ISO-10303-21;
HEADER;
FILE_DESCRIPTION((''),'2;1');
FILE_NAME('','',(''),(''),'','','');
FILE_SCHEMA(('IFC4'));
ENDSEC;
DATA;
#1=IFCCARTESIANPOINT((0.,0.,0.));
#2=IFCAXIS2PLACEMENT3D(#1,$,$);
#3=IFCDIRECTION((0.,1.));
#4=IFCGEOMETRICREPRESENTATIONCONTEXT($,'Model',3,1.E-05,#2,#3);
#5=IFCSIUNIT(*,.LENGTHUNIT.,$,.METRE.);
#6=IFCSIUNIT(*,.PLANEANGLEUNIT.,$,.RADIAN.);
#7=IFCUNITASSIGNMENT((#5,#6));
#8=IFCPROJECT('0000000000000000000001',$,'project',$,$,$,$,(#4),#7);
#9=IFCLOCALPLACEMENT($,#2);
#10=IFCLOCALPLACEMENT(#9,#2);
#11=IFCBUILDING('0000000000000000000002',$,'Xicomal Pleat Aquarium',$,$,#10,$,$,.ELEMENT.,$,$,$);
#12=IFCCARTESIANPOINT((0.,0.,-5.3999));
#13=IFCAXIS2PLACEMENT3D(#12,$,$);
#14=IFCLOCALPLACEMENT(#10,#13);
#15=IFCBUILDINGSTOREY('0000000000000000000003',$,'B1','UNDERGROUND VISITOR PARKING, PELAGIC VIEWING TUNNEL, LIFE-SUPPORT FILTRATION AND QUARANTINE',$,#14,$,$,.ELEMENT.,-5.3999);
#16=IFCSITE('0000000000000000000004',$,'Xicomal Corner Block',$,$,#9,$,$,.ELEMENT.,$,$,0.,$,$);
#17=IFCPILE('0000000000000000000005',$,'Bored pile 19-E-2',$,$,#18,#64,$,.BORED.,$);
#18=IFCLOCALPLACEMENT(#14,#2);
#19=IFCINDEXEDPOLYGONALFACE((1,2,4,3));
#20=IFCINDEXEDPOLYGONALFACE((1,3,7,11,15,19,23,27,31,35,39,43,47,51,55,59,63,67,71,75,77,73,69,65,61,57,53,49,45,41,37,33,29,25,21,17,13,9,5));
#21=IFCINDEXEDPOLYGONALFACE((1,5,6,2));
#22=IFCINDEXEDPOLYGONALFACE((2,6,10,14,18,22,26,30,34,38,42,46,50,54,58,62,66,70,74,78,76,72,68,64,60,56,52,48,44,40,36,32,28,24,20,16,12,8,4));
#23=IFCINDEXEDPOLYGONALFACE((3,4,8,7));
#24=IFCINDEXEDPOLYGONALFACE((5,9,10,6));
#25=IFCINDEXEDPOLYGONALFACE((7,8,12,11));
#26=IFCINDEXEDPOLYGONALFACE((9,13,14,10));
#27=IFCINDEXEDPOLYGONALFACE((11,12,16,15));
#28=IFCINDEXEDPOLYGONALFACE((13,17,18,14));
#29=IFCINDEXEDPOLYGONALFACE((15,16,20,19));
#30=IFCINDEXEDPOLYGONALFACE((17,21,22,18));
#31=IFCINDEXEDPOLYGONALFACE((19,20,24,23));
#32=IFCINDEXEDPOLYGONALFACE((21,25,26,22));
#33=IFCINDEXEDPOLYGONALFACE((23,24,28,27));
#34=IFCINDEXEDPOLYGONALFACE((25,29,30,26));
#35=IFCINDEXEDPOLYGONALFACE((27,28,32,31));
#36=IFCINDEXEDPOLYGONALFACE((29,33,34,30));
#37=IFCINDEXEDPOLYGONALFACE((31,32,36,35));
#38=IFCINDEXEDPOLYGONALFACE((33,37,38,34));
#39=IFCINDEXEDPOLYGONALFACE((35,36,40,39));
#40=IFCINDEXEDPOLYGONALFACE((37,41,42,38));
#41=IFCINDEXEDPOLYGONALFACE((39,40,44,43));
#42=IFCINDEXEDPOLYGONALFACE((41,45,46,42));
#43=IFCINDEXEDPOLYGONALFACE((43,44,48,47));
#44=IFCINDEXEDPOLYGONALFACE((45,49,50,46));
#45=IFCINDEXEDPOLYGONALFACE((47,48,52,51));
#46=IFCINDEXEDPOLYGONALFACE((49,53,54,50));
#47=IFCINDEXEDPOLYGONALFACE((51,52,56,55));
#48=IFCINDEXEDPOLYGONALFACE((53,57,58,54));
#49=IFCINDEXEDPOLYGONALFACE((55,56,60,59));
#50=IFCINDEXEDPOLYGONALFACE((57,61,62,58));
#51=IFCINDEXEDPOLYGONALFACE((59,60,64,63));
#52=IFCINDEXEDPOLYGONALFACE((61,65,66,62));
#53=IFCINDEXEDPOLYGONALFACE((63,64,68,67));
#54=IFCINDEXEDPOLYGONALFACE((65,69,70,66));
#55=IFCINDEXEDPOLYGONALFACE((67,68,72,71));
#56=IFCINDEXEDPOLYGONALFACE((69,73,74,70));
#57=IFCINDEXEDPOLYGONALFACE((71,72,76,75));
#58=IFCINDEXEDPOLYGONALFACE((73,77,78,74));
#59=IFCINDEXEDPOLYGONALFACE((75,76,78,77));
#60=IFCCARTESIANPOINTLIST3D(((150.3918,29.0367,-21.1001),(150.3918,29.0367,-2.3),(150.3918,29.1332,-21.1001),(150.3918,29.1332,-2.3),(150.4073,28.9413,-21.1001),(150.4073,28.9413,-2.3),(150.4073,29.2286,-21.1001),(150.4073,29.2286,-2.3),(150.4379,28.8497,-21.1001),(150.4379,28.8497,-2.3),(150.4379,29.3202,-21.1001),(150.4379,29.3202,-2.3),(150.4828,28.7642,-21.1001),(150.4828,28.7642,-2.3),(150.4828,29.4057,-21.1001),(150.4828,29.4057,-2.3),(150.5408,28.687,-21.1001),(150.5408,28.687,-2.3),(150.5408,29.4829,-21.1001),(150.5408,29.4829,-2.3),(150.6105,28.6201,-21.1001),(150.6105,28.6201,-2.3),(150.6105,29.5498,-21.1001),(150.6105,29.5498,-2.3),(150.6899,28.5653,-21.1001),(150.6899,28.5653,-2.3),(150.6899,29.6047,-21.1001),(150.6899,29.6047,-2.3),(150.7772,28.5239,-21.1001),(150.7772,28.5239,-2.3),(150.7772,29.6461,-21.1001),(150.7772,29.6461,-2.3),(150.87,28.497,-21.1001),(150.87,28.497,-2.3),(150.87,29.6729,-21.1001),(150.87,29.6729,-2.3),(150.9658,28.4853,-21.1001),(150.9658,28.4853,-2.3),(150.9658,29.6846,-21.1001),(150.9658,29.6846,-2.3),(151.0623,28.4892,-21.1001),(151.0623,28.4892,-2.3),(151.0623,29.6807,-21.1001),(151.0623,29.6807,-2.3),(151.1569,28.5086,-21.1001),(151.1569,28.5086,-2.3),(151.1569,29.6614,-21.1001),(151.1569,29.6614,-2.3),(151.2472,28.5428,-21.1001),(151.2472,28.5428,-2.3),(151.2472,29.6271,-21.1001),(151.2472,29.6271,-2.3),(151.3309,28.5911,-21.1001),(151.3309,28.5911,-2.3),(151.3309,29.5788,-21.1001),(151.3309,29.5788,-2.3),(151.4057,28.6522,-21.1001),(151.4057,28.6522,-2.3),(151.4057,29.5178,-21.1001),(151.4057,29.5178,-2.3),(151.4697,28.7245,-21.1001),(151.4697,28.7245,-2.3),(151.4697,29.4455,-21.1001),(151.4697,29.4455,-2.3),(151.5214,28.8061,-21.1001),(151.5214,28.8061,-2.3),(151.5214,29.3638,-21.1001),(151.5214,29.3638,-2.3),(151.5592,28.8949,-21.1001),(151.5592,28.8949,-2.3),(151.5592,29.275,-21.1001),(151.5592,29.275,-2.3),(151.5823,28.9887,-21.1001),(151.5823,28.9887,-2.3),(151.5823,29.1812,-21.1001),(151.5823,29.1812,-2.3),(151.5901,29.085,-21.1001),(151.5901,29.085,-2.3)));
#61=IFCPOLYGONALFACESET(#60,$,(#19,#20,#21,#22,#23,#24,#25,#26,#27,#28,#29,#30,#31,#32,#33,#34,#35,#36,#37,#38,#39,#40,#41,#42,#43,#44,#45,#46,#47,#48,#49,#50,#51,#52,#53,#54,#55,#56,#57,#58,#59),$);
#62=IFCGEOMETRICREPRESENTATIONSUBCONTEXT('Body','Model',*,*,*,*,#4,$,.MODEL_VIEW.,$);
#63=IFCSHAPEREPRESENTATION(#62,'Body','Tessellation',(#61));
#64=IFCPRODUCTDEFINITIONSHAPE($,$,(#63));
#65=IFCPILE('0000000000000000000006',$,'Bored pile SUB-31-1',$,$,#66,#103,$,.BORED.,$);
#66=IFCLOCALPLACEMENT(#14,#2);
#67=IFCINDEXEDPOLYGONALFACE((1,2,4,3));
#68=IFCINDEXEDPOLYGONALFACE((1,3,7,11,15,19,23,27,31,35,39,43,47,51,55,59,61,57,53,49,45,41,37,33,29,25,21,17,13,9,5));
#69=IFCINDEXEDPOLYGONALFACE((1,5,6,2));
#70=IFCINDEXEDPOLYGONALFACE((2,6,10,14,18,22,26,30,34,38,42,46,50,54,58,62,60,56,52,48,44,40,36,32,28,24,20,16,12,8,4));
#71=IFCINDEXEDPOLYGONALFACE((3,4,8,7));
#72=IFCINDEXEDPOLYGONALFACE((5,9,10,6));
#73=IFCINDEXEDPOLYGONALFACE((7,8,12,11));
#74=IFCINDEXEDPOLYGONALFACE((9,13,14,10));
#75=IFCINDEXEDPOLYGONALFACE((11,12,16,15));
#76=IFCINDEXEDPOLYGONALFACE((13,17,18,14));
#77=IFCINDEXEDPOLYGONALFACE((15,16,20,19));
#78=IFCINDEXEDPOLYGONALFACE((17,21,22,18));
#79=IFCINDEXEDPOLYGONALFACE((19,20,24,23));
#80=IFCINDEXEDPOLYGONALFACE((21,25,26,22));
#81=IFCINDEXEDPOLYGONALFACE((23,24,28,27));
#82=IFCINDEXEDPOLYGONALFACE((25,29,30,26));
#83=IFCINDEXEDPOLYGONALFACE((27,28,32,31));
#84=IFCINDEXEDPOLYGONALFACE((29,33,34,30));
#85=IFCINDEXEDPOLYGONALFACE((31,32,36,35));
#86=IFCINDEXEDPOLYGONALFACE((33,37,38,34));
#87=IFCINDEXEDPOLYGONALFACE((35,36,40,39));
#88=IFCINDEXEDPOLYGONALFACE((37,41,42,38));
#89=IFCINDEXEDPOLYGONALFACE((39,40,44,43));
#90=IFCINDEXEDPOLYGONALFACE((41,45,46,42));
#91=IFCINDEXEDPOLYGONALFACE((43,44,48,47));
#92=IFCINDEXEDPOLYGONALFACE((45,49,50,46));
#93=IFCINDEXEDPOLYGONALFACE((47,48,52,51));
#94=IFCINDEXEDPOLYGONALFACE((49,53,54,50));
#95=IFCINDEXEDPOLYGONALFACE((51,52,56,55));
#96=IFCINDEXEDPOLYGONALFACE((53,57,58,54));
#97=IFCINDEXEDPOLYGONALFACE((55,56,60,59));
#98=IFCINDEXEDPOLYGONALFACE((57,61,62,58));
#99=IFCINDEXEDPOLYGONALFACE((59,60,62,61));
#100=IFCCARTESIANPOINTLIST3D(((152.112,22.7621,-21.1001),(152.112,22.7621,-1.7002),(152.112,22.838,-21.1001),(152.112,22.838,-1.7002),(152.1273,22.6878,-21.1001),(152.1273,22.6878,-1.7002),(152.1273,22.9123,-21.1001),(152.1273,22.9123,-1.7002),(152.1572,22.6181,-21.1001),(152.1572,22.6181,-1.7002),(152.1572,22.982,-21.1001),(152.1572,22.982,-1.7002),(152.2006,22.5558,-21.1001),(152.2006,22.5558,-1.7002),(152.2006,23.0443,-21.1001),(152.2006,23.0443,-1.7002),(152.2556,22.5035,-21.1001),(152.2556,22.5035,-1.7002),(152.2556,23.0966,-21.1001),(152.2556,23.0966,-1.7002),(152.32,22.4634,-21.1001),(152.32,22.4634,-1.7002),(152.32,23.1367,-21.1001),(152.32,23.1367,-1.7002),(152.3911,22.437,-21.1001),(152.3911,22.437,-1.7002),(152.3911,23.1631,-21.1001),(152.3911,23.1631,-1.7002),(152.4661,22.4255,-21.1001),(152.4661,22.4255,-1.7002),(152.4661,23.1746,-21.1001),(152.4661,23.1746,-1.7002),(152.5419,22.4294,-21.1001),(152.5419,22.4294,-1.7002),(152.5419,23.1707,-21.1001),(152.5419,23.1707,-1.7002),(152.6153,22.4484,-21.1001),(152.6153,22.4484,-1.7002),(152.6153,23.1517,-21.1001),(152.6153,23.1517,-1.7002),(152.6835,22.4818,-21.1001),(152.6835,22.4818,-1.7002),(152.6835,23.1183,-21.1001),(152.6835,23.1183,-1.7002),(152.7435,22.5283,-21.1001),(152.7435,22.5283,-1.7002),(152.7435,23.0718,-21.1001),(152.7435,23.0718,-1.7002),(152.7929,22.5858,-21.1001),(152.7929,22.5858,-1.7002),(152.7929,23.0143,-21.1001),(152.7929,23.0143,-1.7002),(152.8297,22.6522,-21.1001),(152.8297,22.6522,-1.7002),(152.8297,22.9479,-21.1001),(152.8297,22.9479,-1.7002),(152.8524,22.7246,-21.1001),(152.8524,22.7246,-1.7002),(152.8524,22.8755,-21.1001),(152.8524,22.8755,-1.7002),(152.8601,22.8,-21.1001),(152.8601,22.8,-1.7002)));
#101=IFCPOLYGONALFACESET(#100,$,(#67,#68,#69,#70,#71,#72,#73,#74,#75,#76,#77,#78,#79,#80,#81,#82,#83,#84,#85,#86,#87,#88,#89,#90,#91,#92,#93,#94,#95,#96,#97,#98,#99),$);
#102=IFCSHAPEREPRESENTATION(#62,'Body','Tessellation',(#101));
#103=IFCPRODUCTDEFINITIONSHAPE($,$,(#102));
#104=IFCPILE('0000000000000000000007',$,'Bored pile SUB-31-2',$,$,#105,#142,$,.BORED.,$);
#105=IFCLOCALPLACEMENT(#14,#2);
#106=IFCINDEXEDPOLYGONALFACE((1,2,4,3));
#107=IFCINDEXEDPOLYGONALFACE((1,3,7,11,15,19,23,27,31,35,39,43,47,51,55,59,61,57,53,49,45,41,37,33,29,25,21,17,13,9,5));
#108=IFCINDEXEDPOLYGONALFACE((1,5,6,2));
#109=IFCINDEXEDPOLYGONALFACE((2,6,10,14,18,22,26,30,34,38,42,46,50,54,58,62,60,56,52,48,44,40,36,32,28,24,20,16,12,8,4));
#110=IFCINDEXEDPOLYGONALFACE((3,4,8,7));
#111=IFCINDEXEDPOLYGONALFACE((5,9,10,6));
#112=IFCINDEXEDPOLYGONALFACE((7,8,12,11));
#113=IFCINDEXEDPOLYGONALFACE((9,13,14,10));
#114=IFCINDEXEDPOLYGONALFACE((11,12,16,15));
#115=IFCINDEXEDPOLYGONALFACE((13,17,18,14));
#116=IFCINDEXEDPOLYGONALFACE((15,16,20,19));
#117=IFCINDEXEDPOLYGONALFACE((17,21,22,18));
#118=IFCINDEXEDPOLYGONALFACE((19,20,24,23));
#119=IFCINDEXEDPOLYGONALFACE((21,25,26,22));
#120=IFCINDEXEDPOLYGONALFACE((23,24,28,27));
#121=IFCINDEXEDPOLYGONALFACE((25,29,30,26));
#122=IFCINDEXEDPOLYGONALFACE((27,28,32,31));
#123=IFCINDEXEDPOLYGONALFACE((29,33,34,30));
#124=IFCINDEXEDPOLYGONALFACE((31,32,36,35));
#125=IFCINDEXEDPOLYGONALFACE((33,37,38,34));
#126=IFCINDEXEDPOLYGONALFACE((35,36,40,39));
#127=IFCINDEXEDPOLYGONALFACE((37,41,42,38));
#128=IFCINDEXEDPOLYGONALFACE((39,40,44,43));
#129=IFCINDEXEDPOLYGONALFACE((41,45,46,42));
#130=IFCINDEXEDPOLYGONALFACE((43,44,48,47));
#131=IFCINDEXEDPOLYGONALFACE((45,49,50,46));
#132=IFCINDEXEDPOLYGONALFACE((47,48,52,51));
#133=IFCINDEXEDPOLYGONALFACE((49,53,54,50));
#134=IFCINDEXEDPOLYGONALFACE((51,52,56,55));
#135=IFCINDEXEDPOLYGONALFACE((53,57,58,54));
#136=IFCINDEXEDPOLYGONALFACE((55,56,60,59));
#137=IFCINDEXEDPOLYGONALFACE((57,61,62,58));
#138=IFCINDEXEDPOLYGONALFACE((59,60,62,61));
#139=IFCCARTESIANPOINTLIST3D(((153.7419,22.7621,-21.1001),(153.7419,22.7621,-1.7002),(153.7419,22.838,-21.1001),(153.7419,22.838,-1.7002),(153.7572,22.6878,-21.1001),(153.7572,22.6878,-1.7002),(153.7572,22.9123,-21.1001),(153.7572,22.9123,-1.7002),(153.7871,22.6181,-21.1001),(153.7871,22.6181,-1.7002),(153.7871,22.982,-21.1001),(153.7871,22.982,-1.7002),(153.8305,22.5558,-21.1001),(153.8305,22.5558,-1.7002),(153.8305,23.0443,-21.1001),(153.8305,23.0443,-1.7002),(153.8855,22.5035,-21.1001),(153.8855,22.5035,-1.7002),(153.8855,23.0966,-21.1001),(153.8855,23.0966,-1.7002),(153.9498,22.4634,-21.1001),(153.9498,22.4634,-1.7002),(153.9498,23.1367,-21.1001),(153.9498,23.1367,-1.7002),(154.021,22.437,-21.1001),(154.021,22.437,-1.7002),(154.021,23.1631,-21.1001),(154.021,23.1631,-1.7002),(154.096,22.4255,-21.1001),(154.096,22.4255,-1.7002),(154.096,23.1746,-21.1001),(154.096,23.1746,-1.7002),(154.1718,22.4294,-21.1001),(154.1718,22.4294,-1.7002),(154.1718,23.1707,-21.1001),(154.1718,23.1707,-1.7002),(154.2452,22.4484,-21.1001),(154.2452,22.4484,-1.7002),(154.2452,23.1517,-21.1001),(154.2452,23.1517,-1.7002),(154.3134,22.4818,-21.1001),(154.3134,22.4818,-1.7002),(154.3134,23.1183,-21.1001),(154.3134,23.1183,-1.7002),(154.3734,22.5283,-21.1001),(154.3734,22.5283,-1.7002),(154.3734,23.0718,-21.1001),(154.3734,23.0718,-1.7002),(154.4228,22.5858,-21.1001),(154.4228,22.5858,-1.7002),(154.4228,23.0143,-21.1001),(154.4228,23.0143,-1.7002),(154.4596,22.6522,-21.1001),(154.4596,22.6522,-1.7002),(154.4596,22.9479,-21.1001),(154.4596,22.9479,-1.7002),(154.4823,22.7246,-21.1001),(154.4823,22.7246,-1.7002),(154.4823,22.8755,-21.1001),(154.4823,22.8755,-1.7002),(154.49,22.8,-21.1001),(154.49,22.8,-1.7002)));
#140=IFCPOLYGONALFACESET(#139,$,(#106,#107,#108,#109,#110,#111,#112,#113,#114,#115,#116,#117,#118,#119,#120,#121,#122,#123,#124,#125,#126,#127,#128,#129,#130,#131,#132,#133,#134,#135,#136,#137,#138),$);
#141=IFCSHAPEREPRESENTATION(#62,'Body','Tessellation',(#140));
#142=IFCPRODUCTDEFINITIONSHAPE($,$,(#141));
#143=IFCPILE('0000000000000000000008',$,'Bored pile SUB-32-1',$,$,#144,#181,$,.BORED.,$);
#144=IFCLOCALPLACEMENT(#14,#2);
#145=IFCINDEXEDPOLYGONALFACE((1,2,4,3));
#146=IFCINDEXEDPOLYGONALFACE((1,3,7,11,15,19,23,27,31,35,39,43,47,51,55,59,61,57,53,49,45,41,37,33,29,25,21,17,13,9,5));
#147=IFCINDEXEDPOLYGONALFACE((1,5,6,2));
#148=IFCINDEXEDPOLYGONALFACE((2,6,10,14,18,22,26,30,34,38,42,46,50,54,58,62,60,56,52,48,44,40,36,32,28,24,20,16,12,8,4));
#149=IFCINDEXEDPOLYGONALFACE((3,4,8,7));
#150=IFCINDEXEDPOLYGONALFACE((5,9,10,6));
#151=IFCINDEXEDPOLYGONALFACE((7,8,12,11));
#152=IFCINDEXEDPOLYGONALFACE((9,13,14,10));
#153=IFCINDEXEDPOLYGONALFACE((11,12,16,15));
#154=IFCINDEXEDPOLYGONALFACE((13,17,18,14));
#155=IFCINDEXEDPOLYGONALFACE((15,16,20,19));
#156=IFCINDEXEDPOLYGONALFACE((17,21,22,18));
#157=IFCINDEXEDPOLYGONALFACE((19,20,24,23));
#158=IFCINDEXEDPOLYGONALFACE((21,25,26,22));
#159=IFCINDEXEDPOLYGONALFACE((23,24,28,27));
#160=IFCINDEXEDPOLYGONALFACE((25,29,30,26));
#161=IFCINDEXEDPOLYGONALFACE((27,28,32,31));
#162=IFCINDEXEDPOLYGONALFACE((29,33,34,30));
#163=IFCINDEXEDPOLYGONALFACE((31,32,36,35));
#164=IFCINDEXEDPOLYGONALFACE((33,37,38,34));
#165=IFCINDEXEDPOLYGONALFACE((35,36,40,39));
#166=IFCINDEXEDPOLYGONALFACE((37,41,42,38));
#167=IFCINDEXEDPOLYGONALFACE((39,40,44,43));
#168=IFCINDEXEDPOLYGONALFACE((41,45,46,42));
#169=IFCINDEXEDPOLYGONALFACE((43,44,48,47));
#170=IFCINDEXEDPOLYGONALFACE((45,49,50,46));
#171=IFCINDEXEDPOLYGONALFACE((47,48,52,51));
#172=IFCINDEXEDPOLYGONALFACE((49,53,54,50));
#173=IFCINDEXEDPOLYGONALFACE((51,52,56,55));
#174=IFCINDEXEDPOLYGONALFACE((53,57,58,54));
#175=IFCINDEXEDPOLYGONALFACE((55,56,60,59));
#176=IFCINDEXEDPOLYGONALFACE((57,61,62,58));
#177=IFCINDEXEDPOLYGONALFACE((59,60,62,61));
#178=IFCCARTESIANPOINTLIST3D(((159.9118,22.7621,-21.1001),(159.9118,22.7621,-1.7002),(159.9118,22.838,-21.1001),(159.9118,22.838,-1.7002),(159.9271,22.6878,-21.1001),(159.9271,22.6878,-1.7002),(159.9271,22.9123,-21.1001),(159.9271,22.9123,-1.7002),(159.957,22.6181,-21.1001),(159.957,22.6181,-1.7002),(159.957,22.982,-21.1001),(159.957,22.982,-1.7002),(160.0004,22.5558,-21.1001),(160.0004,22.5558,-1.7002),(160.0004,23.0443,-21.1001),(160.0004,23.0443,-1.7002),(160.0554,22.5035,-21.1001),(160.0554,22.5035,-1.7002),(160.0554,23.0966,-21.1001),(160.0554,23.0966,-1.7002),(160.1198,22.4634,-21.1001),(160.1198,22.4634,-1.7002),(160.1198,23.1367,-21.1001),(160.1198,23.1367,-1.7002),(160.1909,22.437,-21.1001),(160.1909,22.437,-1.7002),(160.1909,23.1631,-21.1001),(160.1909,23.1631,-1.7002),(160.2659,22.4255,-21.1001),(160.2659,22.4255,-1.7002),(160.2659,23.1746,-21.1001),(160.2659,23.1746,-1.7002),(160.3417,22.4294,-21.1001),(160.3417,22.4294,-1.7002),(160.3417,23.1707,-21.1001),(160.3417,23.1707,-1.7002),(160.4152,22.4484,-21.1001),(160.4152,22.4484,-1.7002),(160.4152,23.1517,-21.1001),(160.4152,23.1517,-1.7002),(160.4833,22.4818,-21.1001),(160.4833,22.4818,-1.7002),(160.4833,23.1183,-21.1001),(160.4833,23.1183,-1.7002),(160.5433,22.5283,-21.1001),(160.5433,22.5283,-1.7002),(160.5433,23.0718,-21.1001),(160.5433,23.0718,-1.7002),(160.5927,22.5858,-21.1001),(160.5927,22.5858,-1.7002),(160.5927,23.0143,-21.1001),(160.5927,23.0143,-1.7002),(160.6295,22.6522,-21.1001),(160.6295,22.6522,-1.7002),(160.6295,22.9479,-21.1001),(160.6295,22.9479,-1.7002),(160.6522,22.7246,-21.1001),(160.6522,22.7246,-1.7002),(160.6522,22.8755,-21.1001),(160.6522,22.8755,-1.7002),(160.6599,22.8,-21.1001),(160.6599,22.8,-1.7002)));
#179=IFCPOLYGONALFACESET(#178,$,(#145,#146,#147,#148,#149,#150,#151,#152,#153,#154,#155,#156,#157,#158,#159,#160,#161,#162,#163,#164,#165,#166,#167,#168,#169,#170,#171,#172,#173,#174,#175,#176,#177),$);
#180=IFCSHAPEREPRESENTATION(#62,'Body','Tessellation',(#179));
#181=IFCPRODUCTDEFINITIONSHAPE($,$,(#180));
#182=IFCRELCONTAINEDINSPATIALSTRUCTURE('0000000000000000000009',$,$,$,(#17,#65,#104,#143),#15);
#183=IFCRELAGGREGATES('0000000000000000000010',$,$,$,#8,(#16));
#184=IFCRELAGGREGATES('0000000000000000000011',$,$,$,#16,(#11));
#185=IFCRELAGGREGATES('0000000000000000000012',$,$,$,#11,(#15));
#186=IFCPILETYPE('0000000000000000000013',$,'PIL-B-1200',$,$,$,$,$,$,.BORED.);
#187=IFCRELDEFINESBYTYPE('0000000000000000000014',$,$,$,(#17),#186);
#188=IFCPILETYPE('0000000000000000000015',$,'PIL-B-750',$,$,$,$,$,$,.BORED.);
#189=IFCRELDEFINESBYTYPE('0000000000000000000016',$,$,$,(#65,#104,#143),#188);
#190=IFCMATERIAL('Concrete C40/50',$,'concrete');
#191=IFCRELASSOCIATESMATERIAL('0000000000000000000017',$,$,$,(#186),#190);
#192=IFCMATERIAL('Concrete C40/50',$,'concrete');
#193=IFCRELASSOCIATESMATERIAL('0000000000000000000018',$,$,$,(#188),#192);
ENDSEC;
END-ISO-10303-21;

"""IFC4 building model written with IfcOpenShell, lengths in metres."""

from ifc_helpers import new_model, si_unit, direction, frame, origin, origin_2d, place, context, subcontext, project, spatial, circle, extrude, material, material_profile, profile_set, type_object, element, save


model = new_model("IFC4")

# Units and contexts
model_context = context("Model", 3, precision=1e-05, world=origin(), true_north=direction((0.0, 1.0)))
body_context = subcontext(model_context, "Body", "Model", "MODEL_VIEW")
ifc_project = project(units=[si_unit("LENGTHUNIT", "METRE"), si_unit("PLANEANGLEUNIT", "RADIAN")], contexts=[model_context])

# Site, building, storey
site_placement = place(None, origin())
site = spatial("IfcSite", under=ifc_project, at=site_placement, Name="Xicomal Corner Block", CompositionType="ELEMENT", RefElevation=0.0)
building_placement = place(site_placement, origin())
building = spatial("IfcBuilding", under=site, at=building_placement, Name="Xicomal Pleat Aquarium", CompositionType="ELEMENT")
storey_placement = place(building_placement, frame((0.0, 0.0, -5.3999)))
storey = spatial("IfcBuildingStorey", under=building, at=storey_placement, Name="B1", Description="UNDERGROUND VISITOR PARKING, PELAGIC VIEWING TUNNEL, LIFE-SUPPORT FILTRATION AND QUARANTINE", CompositionType="ELEMENT", Elevation=-5.3999)

# Piles
ifc_material_1 = material(Name="Concrete C40/50", Category="concrete")
ifc_material_profile_1 = material_profile(ifc_material_1, circle(Radius=0.6001, at=origin_2d()), Name="BORED PILE D1200")
ifc_profile_set_1 = profile_set([ifc_material_profile_1], Name="Concrete C40/50")
pile_type_1 = type_object("IfcPileType", Name="PIL-B-1200", PredefinedType="BORED", material=ifc_profile_set_1)
pile_1_placement = place(storey_placement, frame((150.99, 29.085, -2.3), z_axis=(0.0, 0.0, -1.0), x_axis=(1.0, 0.0, 0.0)))
element("IfcPile", 1, at=pile_1_placement, inside=storey, type_object=pile_type_1, Name="Bored pile 19-E-2", PredefinedType="BORED", context=body_context, shape_type="SweptSolid", body=[
    extrude(circle(Radius=0.6001, at=origin_2d()), origin(), (0.0, 0.0, 1.0), 18.8),
])
ifc_material_2 = material(Name="Concrete C40/50", Category="concrete")
ifc_material_profile_2 = material_profile(ifc_material_2, circle(Radius=0.375, at=origin_2d()), Name="BORED PILE D750")
ifc_profile_set_2 = profile_set([ifc_material_profile_2], Name="Concrete C40/50")
pile_type_2 = type_object("IfcPileType", Name="PIL-B-750", PredefinedType="BORED", material=ifc_profile_set_2)
for number, where, z_axis, x_axis, name in (
    (2, (152.4851, 22.8, -1.7002), (0.0, 0.0, -1.0), (1.0, 0.0, 0.0), "Bored pile SUB-31-1"),
    (3, (154.115, 22.8, -1.7002), (0.0, 0.0, -1.0), (1.0, 0.0, 0.0), "Bored pile SUB-31-2"),
    (4, (160.2849, 22.8, -1.7002), (0.0, 0.0, -1.0), (1.0, 0.0, 0.0), "Bored pile SUB-32-1"),
):
    element("IfcPile", number, at=place(storey_placement, frame(where, z_axis=z_axis, x_axis=x_axis)), inside=storey, type_object=pile_type_2, Name=name, PredefinedType="BORED", context=body_context, shape_type="SweptSolid", body=[
        extrude(circle(Radius=0.375, at=origin_2d()), origin(), (0.0, 0.0, 1.0), 19.3999),
    ])

save(model, "model.ifc")
